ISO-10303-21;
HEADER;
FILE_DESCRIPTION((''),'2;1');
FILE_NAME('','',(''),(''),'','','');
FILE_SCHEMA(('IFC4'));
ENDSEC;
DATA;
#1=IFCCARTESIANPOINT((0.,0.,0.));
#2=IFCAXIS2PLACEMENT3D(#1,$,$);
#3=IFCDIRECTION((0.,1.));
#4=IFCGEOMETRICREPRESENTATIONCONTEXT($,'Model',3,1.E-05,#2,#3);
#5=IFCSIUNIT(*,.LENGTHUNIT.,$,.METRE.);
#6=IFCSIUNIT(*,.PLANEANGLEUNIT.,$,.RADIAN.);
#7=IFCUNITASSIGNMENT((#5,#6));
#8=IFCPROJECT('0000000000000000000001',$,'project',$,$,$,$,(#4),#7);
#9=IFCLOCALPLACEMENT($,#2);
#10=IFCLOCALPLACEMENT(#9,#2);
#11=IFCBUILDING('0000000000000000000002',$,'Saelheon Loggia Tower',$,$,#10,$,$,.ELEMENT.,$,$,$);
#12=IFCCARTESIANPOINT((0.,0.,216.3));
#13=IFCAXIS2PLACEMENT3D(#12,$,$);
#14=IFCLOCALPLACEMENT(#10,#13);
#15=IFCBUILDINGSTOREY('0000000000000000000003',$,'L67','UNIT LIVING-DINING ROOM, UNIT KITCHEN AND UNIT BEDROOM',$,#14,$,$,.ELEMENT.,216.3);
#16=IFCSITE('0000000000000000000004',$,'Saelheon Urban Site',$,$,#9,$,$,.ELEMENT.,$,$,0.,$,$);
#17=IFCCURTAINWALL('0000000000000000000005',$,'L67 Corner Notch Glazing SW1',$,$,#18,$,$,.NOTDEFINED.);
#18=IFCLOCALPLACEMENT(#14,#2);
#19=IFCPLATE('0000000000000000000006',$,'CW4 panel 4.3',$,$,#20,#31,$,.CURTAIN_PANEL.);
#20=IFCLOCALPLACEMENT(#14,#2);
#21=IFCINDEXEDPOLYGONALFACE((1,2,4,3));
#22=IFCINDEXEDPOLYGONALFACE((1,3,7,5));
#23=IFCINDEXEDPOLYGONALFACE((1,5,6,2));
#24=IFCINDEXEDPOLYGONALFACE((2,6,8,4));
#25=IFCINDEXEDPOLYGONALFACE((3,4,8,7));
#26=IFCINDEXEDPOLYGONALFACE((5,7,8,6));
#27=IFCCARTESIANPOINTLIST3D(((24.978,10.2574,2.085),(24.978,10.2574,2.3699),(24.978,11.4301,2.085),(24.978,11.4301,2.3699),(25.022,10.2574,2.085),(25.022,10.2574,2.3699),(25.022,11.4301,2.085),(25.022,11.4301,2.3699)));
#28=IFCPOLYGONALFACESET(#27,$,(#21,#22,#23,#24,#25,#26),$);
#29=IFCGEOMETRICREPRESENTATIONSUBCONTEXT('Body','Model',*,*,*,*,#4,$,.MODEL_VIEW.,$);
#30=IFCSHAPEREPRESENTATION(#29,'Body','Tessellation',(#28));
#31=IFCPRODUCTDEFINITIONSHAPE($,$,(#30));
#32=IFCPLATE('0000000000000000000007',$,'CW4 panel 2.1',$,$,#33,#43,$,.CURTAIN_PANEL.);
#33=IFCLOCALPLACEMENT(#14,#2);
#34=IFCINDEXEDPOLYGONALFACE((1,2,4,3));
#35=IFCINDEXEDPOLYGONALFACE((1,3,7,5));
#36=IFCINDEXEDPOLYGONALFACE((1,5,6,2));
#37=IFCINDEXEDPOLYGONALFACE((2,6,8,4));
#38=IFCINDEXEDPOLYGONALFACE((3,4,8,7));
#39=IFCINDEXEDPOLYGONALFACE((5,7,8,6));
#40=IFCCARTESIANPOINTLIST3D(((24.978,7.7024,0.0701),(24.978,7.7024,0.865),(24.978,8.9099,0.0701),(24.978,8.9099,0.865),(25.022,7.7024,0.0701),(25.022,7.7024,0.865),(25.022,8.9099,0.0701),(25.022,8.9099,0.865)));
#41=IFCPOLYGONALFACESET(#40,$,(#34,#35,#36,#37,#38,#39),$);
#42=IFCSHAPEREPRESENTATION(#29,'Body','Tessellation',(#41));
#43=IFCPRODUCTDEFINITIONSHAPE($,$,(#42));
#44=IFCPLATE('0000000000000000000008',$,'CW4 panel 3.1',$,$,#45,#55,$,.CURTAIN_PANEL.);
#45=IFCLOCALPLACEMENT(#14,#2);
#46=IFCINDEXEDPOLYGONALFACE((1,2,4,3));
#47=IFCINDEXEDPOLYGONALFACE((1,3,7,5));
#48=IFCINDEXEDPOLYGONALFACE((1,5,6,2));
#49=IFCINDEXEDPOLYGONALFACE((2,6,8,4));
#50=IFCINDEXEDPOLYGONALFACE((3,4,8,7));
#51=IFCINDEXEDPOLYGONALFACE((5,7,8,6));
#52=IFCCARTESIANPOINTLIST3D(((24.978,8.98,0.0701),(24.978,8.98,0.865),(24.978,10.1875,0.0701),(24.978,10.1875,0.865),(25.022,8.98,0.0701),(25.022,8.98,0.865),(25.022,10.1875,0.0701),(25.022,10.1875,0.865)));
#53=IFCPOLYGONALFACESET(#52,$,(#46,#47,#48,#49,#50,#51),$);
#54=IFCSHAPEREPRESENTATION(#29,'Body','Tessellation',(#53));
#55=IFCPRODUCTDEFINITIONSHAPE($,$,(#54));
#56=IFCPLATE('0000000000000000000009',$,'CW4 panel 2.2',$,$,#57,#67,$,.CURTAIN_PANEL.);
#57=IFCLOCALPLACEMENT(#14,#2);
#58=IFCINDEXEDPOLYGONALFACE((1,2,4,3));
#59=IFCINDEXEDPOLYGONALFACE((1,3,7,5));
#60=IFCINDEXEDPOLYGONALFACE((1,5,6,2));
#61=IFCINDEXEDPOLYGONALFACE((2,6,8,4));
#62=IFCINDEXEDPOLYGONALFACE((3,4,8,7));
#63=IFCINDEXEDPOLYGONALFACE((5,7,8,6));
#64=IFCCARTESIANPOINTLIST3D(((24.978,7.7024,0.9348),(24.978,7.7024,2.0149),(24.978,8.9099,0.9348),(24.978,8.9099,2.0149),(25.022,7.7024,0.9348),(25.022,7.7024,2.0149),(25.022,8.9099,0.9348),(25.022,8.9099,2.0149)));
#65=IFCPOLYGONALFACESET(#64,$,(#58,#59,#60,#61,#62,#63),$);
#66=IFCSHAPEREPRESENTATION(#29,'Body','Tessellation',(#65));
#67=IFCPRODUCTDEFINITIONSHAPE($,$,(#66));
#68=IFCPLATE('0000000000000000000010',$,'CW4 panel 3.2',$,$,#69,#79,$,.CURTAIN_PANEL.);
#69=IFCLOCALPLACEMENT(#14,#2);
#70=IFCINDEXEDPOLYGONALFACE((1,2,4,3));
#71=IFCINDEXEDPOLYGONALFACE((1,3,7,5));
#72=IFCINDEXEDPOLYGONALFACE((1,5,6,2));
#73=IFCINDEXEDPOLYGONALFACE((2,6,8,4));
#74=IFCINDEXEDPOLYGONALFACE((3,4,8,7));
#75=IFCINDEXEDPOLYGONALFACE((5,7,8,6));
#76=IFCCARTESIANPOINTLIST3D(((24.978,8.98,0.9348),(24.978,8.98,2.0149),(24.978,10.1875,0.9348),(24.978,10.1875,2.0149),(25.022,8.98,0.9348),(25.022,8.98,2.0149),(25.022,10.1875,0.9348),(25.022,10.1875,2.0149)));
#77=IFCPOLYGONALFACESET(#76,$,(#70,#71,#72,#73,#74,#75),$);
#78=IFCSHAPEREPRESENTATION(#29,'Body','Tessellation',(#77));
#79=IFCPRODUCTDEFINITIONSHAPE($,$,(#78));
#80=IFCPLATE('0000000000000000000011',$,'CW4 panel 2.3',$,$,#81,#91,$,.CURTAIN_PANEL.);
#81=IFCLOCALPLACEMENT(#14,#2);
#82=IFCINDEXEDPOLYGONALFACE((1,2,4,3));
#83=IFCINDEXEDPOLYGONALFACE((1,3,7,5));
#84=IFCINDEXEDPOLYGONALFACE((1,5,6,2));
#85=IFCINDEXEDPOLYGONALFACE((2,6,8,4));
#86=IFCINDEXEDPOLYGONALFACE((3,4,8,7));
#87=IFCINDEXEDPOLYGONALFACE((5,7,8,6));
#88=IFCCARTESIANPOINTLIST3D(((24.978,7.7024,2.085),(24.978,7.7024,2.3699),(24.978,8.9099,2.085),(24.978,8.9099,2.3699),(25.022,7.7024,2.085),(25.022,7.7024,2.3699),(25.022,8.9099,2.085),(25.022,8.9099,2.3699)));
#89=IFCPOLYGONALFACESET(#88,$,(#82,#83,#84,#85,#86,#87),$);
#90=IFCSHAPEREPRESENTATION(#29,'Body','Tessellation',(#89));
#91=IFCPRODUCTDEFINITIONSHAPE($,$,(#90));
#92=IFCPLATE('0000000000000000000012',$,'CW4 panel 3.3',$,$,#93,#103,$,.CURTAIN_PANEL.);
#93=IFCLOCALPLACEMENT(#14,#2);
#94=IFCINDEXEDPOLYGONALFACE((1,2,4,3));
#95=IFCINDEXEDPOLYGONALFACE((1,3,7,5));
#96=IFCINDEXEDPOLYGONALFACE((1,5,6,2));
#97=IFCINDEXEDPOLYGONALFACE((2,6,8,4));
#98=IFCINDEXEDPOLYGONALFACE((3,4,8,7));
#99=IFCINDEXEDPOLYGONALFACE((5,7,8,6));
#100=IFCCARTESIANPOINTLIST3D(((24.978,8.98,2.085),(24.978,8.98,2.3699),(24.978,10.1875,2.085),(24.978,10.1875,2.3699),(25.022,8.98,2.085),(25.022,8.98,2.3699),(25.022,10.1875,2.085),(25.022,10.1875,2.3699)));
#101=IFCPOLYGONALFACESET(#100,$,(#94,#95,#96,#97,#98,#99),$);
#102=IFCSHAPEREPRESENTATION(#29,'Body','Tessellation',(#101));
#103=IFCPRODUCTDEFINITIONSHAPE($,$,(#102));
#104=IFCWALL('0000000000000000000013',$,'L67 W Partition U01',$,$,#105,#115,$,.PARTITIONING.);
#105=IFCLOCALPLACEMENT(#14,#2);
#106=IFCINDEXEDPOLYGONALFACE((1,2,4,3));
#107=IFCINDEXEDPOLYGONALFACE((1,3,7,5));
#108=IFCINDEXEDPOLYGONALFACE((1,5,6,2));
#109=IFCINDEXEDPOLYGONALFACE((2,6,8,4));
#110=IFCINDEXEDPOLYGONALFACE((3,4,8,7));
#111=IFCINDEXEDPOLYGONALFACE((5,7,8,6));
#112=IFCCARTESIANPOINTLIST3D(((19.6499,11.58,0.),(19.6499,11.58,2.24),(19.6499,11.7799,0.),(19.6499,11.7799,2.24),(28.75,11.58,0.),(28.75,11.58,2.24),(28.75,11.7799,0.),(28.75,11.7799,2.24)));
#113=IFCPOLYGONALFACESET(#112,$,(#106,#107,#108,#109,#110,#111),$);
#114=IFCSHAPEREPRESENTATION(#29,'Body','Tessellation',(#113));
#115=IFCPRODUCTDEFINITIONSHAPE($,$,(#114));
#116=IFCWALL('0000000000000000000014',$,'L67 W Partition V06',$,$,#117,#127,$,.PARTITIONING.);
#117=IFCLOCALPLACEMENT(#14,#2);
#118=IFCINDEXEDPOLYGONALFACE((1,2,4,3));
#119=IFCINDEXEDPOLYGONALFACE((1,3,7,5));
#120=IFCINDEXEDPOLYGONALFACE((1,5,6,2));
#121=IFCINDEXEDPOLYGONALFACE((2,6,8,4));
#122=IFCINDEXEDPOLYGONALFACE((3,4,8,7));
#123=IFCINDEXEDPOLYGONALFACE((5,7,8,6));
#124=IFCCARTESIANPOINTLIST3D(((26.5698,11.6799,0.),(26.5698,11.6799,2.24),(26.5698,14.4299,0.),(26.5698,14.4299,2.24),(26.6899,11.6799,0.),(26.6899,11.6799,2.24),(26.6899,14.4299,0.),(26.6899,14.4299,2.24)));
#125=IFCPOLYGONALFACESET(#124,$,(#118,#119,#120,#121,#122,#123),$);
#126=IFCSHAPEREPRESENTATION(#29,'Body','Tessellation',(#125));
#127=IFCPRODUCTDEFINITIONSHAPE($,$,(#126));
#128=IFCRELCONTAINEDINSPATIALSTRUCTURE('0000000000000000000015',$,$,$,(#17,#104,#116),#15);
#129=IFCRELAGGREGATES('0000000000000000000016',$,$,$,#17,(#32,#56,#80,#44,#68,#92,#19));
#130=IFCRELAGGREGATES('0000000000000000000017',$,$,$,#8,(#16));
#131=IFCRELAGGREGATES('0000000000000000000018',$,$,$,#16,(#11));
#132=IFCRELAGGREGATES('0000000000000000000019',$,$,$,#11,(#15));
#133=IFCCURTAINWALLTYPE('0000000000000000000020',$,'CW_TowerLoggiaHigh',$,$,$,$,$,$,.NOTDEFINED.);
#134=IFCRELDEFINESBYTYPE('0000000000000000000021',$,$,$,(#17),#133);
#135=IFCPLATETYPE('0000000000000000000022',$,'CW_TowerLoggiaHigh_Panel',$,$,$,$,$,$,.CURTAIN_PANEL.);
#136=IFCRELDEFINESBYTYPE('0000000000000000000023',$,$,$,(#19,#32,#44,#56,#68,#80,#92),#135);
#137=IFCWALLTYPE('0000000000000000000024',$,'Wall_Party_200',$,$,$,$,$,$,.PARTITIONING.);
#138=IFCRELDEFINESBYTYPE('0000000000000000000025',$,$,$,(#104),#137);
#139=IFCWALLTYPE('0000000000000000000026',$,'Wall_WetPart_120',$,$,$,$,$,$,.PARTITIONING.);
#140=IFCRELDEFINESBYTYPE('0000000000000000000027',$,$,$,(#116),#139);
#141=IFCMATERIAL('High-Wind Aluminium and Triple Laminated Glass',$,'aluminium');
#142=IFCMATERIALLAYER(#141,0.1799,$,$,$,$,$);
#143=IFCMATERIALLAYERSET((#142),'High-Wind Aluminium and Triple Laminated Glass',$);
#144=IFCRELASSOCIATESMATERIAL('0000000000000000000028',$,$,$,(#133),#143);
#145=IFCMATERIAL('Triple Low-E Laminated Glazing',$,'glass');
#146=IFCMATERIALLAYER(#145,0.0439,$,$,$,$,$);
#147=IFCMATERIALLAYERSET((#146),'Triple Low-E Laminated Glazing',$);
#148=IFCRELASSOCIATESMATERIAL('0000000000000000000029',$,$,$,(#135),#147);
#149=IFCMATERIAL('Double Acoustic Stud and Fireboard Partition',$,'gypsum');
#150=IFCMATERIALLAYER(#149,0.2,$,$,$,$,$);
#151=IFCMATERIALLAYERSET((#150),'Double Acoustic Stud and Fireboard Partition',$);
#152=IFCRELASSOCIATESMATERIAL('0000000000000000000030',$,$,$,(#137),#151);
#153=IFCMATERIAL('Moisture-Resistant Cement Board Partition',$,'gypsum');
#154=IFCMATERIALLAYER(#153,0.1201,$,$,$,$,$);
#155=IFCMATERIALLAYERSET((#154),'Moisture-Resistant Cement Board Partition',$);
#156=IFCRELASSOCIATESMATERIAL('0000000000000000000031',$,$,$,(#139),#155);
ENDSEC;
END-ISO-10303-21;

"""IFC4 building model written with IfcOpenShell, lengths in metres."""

from ifc_helpers import new_model, si_unit, direction, frame, frame_2d, origin, origin_2d, place, context, subcontext, project, spatial, rectangle, extrude, source, transform, mapped, material, layer, layer_set, type_object, element, aggregate, save


model = new_model("IFC4")

# Units and contexts
model_context = context("Model", 3, precision=1e-05, world=origin(), true_north=direction((0.0, 1.0)))
body_context = subcontext(model_context, "Body", "Model", "MODEL_VIEW")
ifc_project = project(units=[si_unit("LENGTHUNIT", "METRE"), si_unit("PLANEANGLEUNIT", "RADIAN")], contexts=[model_context])

# Site, building, storey
site_placement = place(None, origin())
site = spatial("IfcSite", under=ifc_project, at=site_placement, Name="Saelheon Urban Site", CompositionType="ELEMENT", RefElevation=0.0)
building_placement = place(site_placement, origin())
building = spatial("IfcBuilding", under=site, at=building_placement, Name="Saelheon Loggia Tower", CompositionType="ELEMENT")
storey_placement = place(building_placement, frame((0.0, 0.0, 216.3)))
storey = spatial("IfcBuildingStorey", under=building, at=storey_placement, Name="L67", Description="UNIT LIVING-DINING ROOM, UNIT KITCHEN AND UNIT BEDROOM", CompositionType="ELEMENT", Elevation=216.3)

# Curtain wall, plates
ifc_material_1 = material(Name="High-Wind Aluminium and Triple Laminated Glass", Category="aluminium")
ifc_layer_1 = layer(ifc_material_1, 0.1799)
ifc_layer_set_1 = layer_set([ifc_layer_1], Name="High-Wind Aluminium and Triple Laminated Glass")
curtain_wall_type = type_object("IfcCurtainWallType", Name="CW_TowerLoggiaHigh", PredefinedType="NOTDEFINED", material=ifc_layer_set_1)
curtain_wall_placement = place(storey_placement, origin())
curtain_wall = element("IfcCurtainWall", 1, at=curtain_wall_placement, inside=storey, type_object=curtain_wall_type, Name="L67 Corner Notch Glazing SW1", PredefinedType="NOTDEFINED")
ifc_material_2 = material(Name="Triple Low-E Laminated Glazing", Category="glass")
ifc_layer_2 = layer(ifc_material_2, 0.0439)
ifc_layer_set_2 = layer_set([ifc_layer_2], Name="Triple Low-E Laminated Glazing")
plate_type = type_object("IfcPlateType", Name="CW_TowerLoggiaHigh_Panel", PredefinedType="CURTAIN_PANEL", material=ifc_layer_set_2)
shared_shape_1 = source(origin(), body_context, "Body", "SweptSolid", [
    extrude(rectangle(XDim=1.1726, YDim=0.0439, at=origin_2d()), origin(), (0.0, 0.0, 1.0), 0.2849),
])
plate_1_placement = place(storey_placement, frame((25.0, 10.8438, 2.085), z_axis=(0.0, 0.0, 1.0), x_axis=(0.0, 1.0, 0.0)))
plate_1 = element("IfcPlate", 2, at=plate_1_placement, type_object=plate_type, Name="CW4 panel 4.3", PredefinedType="CURTAIN_PANEL", context=body_context, shape_type="MappedRepresentation", body=[
    mapped(shared_shape_1, transform((0.0, 0.0, 0.0), scale=1.0)),
])
shared_shape_2 = source(origin(), body_context, "Body", "SweptSolid", [
    extrude(rectangle(XDim=1.2075, YDim=0.0439, at=origin_2d()), origin(), (0.0, 0.0, 1.0), 0.7949),
])
plate_2_placement = place(storey_placement, frame((25.0, 8.3062, 0.0701), z_axis=(0.0, 0.0, 1.0), x_axis=(0.0, 1.0, 0.0)))
plate_2 = element("IfcPlate", 3, at=plate_2_placement, type_object=plate_type, Name="CW4 panel 2.1", PredefinedType="CURTAIN_PANEL", context=body_context, shape_type="MappedRepresentation", body=[
    mapped(shared_shape_2, transform((0.0, 0.0, 0.0), scale=1.0)),
])
plate_3_placement = place(storey_placement, frame((25.0, 9.5837, 0.0701), z_axis=(0.0, 0.0, 1.0), x_axis=(0.0, 1.0, 0.0)))
plate_3 = element("IfcPlate", 4, at=plate_3_placement, type_object=plate_type, Name="CW4 panel 3.1", PredefinedType="CURTAIN_PANEL", context=body_context, shape_type="MappedRepresentation", body=[
    mapped(shared_shape_2, transform((0.0, 0.0, 0.0), scale=1.0)),
])
shared_shape_3 = source(origin(), body_context, "Body", "SweptSolid", [
    extrude(rectangle(XDim=1.2075, YDim=0.0439, at=origin_2d()), origin(), (0.0, 0.0, 1.0), 1.0801),
])
plate_4_placement = place(storey_placement, frame((25.0, 8.3062, 0.9348), z_axis=(0.0, 0.0, 1.0), x_axis=(0.0, 1.0, 0.0)))
plate_4 = element("IfcPlate", 5, at=plate_4_placement, type_object=plate_type, Name="CW4 panel 2.2", PredefinedType="CURTAIN_PANEL", context=body_context, shape_type="MappedRepresentation", body=[
    mapped(shared_shape_3, transform((0.0, 0.0, 0.0), scale=1.0)),
])
plate_5_placement = place(storey_placement, frame((25.0, 9.5837, 0.9348), z_axis=(0.0, 0.0, 1.0), x_axis=(0.0, 1.0, 0.0)))
plate_5 = element("IfcPlate", 6, at=plate_5_placement, type_object=plate_type, Name="CW4 panel 3.2", PredefinedType="CURTAIN_PANEL", context=body_context, shape_type="MappedRepresentation", body=[
    mapped(shared_shape_3, transform((0.0, 0.0, 0.0), scale=1.0)),
])
shared_shape_4 = source(origin(), body_context, "Body", "SweptSolid", [
    extrude(rectangle(XDim=1.2075, YDim=0.0439, at=origin_2d()), origin(), (0.0, 0.0, 1.0), 0.2849),
])
plate_6_placement = place(storey_placement, frame((25.0, 8.3062, 2.085), z_axis=(0.0, 0.0, 1.0), x_axis=(0.0, 1.0, 0.0)))
plate_6 = element("IfcPlate", 7, at=plate_6_placement, type_object=plate_type, Name="CW4 panel 2.3", PredefinedType="CURTAIN_PANEL", context=body_context, shape_type="MappedRepresentation", body=[
    mapped(shared_shape_4, transform((0.0, 0.0, 0.0), scale=1.0)),
])
plate_7_placement = place(storey_placement, frame((25.0, 9.5837, 2.085), z_axis=(0.0, 0.0, 1.0), x_axis=(0.0, 1.0, 0.0)))
plate_7 = element("IfcPlate", 8, at=plate_7_placement, type_object=plate_type, Name="CW4 panel 3.3", PredefinedType="CURTAIN_PANEL", context=body_context, shape_type="MappedRepresentation", body=[
    mapped(shared_shape_4, transform((0.0, 0.0, 0.0), scale=1.0)),
])
aggregate(curtain_wall, [plate_2, plate_4, plate_6, plate_3, plate_5, plate_7, plate_1])

# Walls
ifc_material_3 = material(Name="Double Acoustic Stud and Fireboard Partition", Category="gypsum")
ifc_layer_3 = layer(ifc_material_3, 0.2)
ifc_layer_set_3 = layer_set([ifc_layer_3], Name="Double Acoustic Stud and Fireboard Partition")
wall_type_1 = type_object("IfcWallType", Name="Wall_Party_200", PredefinedType="PARTITIONING", material=ifc_layer_set_3)
wall_1_placement = place(storey_placement, frame((28.75, 11.6799, 0.0), z_axis=(0.0, 0.0, 1.0), x_axis=(-1.0, 0.0, 0.0)))
element("IfcWall", 9, at=wall_1_placement, inside=storey, type_object=wall_type_1, Name="L67 W Partition U01", PredefinedType="PARTITIONING", context=body_context, shape_type="SweptSolid", body=[
    extrude(rectangle(XDim=9.1001, YDim=0.2, at=frame_2d((4.55, 0.0))), origin(), (0.0, 0.0, 1.0), 2.24),
])
ifc_material_4 = material(Name="Moisture-Resistant Cement Board Partition", Category="gypsum")
ifc_layer_4 = layer(ifc_material_4, 0.1201)
ifc_layer_set_4 = layer_set([ifc_layer_4], Name="Moisture-Resistant Cement Board Partition")
wall_type_2 = type_object("IfcWallType", Name="Wall_WetPart_120", PredefinedType="PARTITIONING", material=ifc_layer_set_4)
wall_2_placement = place(storey_placement, frame((26.6299, 11.6799, 0.0), z_axis=(0.0, 0.0, 1.0), x_axis=(0.0, 1.0, 0.0)))
element("IfcWall", 10, at=wall_2_placement, inside=storey, type_object=wall_type_2, Name="L67 W Partition V06", PredefinedType="PARTITIONING", context=body_context, shape_type="SweptSolid", body=[
    extrude(rectangle(XDim=2.75, YDim=0.1201, at=frame_2d((1.375, 0.0))), origin(), (0.0, 0.0, 1.0), 2.24),
])

save(model, "model.ifc")
